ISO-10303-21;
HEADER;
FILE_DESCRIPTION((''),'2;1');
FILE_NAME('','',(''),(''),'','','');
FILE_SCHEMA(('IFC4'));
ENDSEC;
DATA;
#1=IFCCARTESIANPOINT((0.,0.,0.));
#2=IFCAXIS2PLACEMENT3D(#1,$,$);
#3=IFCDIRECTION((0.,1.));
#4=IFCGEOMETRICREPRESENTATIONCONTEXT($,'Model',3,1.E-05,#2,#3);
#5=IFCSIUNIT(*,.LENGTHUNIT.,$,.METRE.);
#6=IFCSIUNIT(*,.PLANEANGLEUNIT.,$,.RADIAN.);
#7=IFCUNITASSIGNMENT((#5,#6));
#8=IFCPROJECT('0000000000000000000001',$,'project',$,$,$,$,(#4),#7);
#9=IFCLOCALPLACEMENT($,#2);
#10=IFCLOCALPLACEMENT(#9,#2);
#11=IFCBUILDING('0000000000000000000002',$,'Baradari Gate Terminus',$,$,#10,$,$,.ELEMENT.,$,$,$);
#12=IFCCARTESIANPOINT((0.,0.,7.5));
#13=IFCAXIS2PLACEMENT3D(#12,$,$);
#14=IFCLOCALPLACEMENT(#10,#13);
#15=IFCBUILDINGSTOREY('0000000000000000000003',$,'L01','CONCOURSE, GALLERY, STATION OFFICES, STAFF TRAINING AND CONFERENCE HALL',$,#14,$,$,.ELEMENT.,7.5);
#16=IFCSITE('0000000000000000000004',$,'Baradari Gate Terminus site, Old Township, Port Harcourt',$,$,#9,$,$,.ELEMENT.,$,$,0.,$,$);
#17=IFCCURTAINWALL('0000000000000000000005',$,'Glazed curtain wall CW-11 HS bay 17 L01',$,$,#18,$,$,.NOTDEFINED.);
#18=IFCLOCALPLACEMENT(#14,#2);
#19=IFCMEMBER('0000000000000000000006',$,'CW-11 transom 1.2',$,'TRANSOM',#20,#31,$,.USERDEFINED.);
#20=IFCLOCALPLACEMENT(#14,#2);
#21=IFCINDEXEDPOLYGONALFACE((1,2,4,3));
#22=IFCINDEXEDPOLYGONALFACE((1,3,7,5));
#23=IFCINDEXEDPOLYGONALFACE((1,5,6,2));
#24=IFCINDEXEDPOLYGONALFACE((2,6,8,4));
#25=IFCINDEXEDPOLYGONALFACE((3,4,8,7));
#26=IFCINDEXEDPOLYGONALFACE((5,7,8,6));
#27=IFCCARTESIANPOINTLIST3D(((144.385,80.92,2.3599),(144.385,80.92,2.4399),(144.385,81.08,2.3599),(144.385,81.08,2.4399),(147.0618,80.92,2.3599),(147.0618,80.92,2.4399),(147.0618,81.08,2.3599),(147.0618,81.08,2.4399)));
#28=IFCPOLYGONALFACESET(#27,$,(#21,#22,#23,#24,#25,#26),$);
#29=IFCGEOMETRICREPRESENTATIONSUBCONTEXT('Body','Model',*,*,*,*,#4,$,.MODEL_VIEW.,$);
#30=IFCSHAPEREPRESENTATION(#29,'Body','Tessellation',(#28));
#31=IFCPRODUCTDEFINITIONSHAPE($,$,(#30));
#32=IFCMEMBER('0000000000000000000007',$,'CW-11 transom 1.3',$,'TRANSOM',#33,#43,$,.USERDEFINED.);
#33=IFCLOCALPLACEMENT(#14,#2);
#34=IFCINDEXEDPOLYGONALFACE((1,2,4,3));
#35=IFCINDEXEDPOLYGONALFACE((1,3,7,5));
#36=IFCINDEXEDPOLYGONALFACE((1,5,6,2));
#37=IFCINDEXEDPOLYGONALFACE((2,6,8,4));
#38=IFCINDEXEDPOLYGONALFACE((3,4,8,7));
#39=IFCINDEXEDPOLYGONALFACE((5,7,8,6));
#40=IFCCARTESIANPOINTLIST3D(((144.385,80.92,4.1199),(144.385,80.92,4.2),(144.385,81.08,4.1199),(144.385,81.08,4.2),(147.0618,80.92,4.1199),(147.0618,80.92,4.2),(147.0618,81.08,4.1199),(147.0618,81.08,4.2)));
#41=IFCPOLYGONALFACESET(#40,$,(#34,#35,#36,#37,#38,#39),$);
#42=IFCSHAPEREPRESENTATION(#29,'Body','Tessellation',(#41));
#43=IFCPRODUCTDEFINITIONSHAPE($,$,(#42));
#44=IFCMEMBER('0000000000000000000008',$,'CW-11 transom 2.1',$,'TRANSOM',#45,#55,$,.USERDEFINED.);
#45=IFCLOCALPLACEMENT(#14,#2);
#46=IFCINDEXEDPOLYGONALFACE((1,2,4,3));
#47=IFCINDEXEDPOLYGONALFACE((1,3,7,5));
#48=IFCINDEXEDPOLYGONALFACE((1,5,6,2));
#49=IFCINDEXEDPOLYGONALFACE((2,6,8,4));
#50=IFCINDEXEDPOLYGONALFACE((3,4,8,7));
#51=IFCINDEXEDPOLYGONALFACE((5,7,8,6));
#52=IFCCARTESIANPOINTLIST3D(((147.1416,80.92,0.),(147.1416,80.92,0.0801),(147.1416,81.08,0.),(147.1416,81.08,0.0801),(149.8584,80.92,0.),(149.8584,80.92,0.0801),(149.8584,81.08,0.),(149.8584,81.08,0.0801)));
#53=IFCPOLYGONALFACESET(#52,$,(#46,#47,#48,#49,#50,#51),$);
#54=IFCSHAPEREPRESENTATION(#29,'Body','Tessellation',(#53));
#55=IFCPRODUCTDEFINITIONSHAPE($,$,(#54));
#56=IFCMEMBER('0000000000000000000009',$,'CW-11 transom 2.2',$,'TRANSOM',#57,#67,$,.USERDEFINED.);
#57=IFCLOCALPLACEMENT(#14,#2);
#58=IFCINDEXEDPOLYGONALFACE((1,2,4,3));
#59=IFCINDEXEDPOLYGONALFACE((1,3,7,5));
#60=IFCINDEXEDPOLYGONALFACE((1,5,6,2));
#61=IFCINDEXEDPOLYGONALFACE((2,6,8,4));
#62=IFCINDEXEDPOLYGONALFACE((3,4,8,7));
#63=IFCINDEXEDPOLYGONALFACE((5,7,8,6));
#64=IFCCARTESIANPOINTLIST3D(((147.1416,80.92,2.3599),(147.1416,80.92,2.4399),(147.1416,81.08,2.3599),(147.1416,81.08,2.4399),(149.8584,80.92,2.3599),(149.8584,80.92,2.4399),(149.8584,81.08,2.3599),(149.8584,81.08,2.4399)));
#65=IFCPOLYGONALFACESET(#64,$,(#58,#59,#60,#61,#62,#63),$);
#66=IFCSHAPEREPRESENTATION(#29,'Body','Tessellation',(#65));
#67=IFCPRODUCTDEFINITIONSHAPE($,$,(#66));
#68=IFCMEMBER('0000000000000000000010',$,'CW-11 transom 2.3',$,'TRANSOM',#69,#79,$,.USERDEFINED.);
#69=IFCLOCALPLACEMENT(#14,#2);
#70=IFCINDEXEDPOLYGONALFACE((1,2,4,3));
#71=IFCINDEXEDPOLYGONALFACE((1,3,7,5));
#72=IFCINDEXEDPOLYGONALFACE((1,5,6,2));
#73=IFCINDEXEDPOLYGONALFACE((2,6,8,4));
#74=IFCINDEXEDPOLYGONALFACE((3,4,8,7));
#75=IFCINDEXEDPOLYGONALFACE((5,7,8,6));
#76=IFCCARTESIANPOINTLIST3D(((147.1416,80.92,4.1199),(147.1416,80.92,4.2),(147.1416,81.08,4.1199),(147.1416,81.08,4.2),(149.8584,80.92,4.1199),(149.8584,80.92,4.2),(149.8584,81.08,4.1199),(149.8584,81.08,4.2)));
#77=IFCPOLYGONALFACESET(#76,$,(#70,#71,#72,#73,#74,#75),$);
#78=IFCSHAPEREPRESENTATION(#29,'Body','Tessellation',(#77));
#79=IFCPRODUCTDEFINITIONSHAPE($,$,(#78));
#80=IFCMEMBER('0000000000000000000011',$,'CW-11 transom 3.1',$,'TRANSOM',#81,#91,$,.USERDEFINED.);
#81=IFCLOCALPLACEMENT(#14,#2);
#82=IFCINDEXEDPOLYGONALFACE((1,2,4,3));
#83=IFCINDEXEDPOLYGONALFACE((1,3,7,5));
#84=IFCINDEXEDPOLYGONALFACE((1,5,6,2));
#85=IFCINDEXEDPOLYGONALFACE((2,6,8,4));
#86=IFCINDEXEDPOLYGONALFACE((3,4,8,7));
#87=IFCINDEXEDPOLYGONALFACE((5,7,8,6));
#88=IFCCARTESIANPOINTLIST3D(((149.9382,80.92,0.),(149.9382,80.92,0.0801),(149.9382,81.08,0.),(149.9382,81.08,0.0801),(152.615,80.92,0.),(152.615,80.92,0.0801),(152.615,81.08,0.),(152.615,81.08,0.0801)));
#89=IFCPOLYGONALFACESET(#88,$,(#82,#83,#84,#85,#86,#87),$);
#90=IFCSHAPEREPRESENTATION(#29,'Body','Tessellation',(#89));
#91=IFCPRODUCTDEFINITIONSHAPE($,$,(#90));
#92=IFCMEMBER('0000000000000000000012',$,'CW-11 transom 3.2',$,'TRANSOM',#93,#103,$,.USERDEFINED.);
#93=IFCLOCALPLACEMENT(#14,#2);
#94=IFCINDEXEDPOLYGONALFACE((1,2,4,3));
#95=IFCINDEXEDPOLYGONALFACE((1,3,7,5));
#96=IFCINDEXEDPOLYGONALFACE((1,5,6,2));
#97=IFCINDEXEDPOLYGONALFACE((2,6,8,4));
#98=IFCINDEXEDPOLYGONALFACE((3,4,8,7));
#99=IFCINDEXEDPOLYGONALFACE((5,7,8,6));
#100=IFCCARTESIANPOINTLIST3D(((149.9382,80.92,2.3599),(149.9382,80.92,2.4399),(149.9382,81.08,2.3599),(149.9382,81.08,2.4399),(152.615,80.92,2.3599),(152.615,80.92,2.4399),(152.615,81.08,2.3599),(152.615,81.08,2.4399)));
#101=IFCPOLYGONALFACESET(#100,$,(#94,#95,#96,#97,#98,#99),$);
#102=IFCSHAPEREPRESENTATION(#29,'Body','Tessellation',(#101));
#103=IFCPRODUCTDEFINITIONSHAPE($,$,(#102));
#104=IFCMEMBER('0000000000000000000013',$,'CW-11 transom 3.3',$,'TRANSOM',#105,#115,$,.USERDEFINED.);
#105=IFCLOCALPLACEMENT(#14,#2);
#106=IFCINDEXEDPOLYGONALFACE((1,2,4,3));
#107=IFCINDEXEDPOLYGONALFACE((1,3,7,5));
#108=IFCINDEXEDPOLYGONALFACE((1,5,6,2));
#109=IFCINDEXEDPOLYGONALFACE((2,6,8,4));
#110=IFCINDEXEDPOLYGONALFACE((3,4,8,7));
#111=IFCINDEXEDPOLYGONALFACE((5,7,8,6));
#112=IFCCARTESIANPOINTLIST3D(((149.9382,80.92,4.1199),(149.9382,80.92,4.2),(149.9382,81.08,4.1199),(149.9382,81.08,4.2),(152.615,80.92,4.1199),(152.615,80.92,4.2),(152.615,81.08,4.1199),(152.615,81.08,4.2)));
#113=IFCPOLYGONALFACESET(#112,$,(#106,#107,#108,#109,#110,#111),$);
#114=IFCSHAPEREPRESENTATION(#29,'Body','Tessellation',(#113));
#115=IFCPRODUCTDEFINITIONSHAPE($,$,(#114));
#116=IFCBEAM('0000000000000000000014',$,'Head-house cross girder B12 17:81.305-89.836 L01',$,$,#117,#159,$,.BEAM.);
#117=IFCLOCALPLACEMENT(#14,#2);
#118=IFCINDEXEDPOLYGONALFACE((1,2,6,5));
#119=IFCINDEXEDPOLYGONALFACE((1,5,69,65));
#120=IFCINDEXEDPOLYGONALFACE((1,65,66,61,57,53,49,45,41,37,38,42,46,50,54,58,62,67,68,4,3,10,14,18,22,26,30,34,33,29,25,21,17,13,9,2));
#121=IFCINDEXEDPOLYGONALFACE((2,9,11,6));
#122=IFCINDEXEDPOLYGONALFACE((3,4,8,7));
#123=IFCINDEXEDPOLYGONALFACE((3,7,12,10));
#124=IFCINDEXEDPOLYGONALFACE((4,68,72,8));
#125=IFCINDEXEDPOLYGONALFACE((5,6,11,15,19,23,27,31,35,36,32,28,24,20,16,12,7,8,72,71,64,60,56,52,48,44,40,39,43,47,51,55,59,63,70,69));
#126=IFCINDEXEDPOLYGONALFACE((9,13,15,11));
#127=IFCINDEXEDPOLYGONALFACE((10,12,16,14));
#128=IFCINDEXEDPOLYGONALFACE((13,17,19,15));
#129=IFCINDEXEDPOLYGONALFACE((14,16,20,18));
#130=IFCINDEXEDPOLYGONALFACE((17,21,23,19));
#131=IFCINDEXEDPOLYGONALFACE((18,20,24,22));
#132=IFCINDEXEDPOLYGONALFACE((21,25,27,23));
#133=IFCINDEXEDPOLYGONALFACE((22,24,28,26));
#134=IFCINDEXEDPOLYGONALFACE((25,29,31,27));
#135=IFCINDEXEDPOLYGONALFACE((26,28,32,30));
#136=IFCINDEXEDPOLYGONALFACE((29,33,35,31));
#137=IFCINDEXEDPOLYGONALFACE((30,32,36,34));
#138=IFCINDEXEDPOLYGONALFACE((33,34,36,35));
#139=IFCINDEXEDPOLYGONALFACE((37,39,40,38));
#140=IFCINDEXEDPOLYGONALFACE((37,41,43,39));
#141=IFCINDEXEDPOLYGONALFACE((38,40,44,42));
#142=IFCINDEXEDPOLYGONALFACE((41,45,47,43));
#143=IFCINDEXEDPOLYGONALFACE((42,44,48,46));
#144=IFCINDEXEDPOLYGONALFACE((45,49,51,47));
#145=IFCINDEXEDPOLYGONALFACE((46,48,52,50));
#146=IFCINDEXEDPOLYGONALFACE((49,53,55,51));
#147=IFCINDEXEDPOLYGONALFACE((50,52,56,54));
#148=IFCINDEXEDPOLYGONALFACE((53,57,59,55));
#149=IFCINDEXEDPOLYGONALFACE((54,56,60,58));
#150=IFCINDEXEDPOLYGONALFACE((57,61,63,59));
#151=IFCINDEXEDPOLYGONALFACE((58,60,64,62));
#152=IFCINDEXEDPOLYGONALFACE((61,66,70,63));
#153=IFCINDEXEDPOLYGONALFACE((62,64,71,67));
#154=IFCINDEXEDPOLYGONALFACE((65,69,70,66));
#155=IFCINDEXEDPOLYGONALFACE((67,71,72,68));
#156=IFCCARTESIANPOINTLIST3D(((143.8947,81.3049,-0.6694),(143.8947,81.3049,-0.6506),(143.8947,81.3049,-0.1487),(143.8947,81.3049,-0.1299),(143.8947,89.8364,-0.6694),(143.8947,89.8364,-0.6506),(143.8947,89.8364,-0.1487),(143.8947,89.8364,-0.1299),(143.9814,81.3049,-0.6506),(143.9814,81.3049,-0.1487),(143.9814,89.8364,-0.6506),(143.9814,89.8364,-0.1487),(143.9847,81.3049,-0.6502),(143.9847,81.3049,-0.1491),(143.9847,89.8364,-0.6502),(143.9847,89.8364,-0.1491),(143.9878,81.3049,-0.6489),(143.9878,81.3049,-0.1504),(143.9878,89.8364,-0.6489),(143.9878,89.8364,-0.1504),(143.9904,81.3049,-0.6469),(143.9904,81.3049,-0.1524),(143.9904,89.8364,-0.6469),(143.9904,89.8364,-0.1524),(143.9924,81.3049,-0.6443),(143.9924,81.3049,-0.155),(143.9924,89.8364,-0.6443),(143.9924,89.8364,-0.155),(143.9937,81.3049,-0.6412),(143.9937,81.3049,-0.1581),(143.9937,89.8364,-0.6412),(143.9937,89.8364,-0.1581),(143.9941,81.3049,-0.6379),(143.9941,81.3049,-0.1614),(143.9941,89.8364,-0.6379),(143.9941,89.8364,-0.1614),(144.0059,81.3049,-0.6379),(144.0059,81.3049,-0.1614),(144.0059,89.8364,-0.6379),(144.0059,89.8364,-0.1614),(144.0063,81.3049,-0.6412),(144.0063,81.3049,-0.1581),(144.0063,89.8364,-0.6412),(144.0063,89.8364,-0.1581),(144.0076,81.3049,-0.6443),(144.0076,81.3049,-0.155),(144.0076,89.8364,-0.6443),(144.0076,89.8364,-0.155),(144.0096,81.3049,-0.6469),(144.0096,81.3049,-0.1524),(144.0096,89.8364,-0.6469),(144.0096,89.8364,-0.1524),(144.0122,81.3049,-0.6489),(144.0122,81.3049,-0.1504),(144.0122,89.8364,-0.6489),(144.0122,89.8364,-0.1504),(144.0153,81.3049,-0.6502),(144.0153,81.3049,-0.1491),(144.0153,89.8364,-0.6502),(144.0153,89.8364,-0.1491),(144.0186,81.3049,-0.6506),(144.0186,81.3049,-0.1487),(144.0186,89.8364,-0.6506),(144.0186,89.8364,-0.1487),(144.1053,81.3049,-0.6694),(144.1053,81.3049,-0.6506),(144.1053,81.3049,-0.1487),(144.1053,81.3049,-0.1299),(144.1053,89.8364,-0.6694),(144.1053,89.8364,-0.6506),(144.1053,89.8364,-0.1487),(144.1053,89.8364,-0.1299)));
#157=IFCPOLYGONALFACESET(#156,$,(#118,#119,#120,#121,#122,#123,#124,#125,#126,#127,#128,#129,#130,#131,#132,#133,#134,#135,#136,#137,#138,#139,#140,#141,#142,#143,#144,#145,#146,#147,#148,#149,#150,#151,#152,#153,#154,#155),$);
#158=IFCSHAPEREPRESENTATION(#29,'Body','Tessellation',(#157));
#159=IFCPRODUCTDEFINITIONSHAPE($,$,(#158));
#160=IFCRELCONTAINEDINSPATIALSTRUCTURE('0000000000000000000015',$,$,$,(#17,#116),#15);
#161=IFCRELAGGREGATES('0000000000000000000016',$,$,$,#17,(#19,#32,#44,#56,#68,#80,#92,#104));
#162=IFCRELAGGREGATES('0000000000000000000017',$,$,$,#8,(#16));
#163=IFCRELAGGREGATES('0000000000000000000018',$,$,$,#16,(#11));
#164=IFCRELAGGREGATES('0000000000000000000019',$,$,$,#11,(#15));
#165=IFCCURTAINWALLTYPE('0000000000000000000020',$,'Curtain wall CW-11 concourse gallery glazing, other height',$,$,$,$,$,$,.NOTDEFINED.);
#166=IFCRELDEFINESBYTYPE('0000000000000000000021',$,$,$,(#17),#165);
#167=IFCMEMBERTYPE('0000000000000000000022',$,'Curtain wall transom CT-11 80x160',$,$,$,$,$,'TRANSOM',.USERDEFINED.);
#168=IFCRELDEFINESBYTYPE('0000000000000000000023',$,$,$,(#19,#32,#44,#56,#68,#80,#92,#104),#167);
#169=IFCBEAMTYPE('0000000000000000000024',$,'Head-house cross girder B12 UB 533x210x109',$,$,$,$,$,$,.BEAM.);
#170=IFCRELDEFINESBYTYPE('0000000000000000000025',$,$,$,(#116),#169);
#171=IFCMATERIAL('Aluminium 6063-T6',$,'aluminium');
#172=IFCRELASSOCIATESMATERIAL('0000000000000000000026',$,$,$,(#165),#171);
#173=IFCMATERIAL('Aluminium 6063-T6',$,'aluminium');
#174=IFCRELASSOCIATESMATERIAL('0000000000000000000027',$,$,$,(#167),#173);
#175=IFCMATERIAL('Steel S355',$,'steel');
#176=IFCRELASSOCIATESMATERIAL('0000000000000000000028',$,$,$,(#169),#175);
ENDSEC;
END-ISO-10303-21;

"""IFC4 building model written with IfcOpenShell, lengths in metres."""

from ifc_helpers import new_model, si_unit, direction, frame, origin, origin_2d, place, context, subcontext, project, spatial, rectangle, i_section, extrude, material, material_profile, profile_set, type_object, element, aggregate, save


model = new_model("IFC4")

# Units and contexts
model_context = context("Model", 3, precision=1e-05, world=origin(), true_north=direction((0.0, 1.0)))
body_context = subcontext(model_context, "Body", "Model", "MODEL_VIEW")
ifc_project = project(units=[si_unit("LENGTHUNIT", "METRE"), si_unit("PLANEANGLEUNIT", "RADIAN")], contexts=[model_context])

# Site, building, storey
site_placement = place(None, origin())
site = spatial("IfcSite", under=ifc_project, at=site_placement, Name="Baradari Gate Terminus site, Old Township, Port Harcourt", CompositionType="ELEMENT", RefElevation=0.0)
building_placement = place(site_placement, origin())
building = spatial("IfcBuilding", under=site, at=building_placement, Name="Baradari Gate Terminus", CompositionType="ELEMENT")
storey_placement = place(building_placement, frame((0.0, 0.0, 7.5)))
storey = spatial("IfcBuildingStorey", under=building, at=storey_placement, Name="L01", Description="CONCOURSE, GALLERY, STATION OFFICES, STAFF TRAINING AND CONFERENCE HALL", CompositionType="ELEMENT", Elevation=7.5)

# Shared definitions
ifc_material_1 = material(Name="Aluminium 6063-T6", Category="aluminium")
curtain_wall_type = type_object("IfcCurtainWallType", Name="Curtain wall CW-11 concourse gallery glazing, other height", PredefinedType="NOTDEFINED", material=ifc_material_1)

# Curtain wall, members
curtain_wall_1_placement = place(storey_placement, origin())
curtain_wall_1 = element("IfcCurtainWall", 1, at=curtain_wall_1_placement, inside=storey, type_object=curtain_wall_type, Name="Glazed curtain wall CW-11 HS bay 17 L01", PredefinedType="NOTDEFINED")
ifc_material_2 = material(Name="Aluminium 6063-T6", Category="aluminium")
ifc_material_profile_1 = material_profile(ifc_material_2, rectangle(XDim=0.1599, YDim=0.0801, at=origin_2d()), Name="CT-11 80X160")
ifc_profile_set_1 = profile_set([ifc_material_profile_1], Name="Aluminium 6063-T6")
member_type_1 = type_object("IfcMemberType", Name="Curtain wall transom CT-11 80x160", ElementType="TRANSOM", PredefinedType="USERDEFINED", material=ifc_profile_set_1)
member_1_placement = place(storey_placement, frame((144.385, 81.0, 2.3999), z_axis=(1.0, 0.0, 0.0), x_axis=(0.0, 1.0, 0.0)))
member_1 = element("IfcMember", 2, at=member_1_placement, type_object=member_type_1, Name="CW-11 transom 1.2", ObjectType="TRANSOM", PredefinedType="USERDEFINED", context=body_context, shape_type="SweptSolid", body=[
    extrude(rectangle(XDim=0.1599, YDim=0.0801, at=origin_2d()), origin(), (0.0, 0.0, 1.0), 2.6768),
])
member_2_placement = place(storey_placement, frame((144.385, 81.0, 4.1599), z_axis=(1.0, 0.0, 0.0), x_axis=(0.0, 1.0, 0.0)))
member_2 = element("IfcMember", 3, at=member_2_placement, type_object=member_type_1, Name="CW-11 transom 1.3", ObjectType="TRANSOM", PredefinedType="USERDEFINED", context=body_context, shape_type="SweptSolid", body=[
    extrude(rectangle(XDim=0.1599, YDim=0.0801, at=origin_2d()), origin(), (0.0, 0.0, 1.0), 2.6768),
])
member_3_placement = place(storey_placement, frame((147.1416, 81.0, 0.04), z_axis=(1.0, 0.0, 0.0), x_axis=(0.0, 1.0, 0.0)))
member_3 = element("IfcMember", 4, at=member_3_placement, type_object=member_type_1, Name="CW-11 transom 2.1", ObjectType="TRANSOM", PredefinedType="USERDEFINED", context=body_context, shape_type="SweptSolid", body=[
    extrude(rectangle(XDim=0.1599, YDim=0.0801, at=origin_2d()), origin(), (0.0, 0.0, 1.0), 2.7168),
])
member_4_placement = place(storey_placement, frame((147.1416, 81.0, 2.3999), z_axis=(1.0, 0.0, 0.0), x_axis=(0.0, 1.0, 0.0)))
member_4 = element("IfcMember", 5, at=member_4_placement, type_object=member_type_1, Name="CW-11 transom 2.2", ObjectType="TRANSOM", PredefinedType="USERDEFINED", context=body_context, shape_type="SweptSolid", body=[
    extrude(rectangle(XDim=0.1599, YDim=0.0801, at=origin_2d()), origin(), (0.0, 0.0, 1.0), 2.7168),
])
member_5_placement = place(storey_placement, frame((147.1416, 81.0, 4.1599), z_axis=(1.0, 0.0, 0.0), x_axis=(0.0, 1.0, 0.0)))
member_5 = element("IfcMember", 6, at=member_5_placement, type_object=member_type_1, Name="CW-11 transom 2.3", ObjectType="TRANSOM", PredefinedType="USERDEFINED", context=body_context, shape_type="SweptSolid", body=[
    extrude(rectangle(XDim=0.1599, YDim=0.0801, at=origin_2d()), origin(), (0.0, 0.0, 1.0), 2.7168),
])
member_6_placement = place(storey_placement, frame((149.9382, 81.0, 0.04), z_axis=(1.0, 0.0, 0.0), x_axis=(0.0, 1.0, 0.0)))
member_6 = element("IfcMember", 7, at=member_6_placement, type_object=member_type_1, Name="CW-11 transom 3.1", ObjectType="TRANSOM", PredefinedType="USERDEFINED", context=body_context, shape_type="SweptSolid", body=[
    extrude(rectangle(XDim=0.1599, YDim=0.0801, at=origin_2d()), origin(), (0.0, 0.0, 1.0), 2.6768),
])
member_7_placement = place(storey_placement, frame((149.9382, 81.0, 2.3999), z_axis=(1.0, 0.0, 0.0), x_axis=(0.0, 1.0, 0.0)))
member_7 = element("IfcMember", 8, at=member_7_placement, type_object=member_type_1, Name="CW-11 transom 3.2", ObjectType="TRANSOM", PredefinedType="USERDEFINED", context=body_context, shape_type="SweptSolid", body=[
    extrude(rectangle(XDim=0.1599, YDim=0.0801, at=origin_2d()), origin(), (0.0, 0.0, 1.0), 2.6768),
])
member_8_placement = place(storey_placement, frame((149.9382, 81.0, 4.1599), z_axis=(1.0, 0.0, 0.0), x_axis=(0.0, 1.0, 0.0)))
member_8 = element("IfcMember", 9, at=member_8_placement, type_object=member_type_1, Name="CW-11 transom 3.3", ObjectType="TRANSOM", PredefinedType="USERDEFINED", context=body_context, shape_type="SweptSolid", body=[
    extrude(rectangle(XDim=0.1599, YDim=0.0801, at=origin_2d()), origin(), (0.0, 0.0, 1.0), 2.6768),
])

# Beam
ifc_material_3 = material(Name="Steel S355", Category="steel")
ifc_material_profile_2 = material_profile(ifc_material_3, i_section(OverallWidth=0.2107, OverallDepth=0.5396, WebThickness=0.0117, FlangeThickness=0.0188, FilletRadius=0.0127, at=origin_2d()), Name="UB 533x210x109")
ifc_profile_set_2 = profile_set([ifc_material_profile_2], Name="Steel S355")
beam_type_1 = type_object("IfcBeamType", Name="Head-house cross girder B12 UB 533x210x109", PredefinedType="BEAM", material=ifc_profile_set_2)
beam_1_placement = place(storey_placement, frame((144.0, 81.3049, -0.3997), z_axis=(0.0, 1.0, 0.0), x_axis=(-1.0, 0.0, 0.0)))
element("IfcBeam", 10, at=beam_1_placement, inside=storey, type_object=beam_type_1, Name="Head-house cross girder B12 17:81.305-89.836 L01", PredefinedType="BEAM", context=body_context, shape_type="SweptSolid", body=[
    extrude(i_section(OverallWidth=0.2107, OverallDepth=0.5396, WebThickness=0.0117, FlangeThickness=0.0188, FilletRadius=0.0127, at=origin_2d()), origin(), (0.0, 0.0, 1.0), 8.5315),
])

aggregate(curtain_wall_1, [member_1, member_2, member_3, member_4, member_5, member_6, member_7, member_8])

save(model, "model.ifc")
